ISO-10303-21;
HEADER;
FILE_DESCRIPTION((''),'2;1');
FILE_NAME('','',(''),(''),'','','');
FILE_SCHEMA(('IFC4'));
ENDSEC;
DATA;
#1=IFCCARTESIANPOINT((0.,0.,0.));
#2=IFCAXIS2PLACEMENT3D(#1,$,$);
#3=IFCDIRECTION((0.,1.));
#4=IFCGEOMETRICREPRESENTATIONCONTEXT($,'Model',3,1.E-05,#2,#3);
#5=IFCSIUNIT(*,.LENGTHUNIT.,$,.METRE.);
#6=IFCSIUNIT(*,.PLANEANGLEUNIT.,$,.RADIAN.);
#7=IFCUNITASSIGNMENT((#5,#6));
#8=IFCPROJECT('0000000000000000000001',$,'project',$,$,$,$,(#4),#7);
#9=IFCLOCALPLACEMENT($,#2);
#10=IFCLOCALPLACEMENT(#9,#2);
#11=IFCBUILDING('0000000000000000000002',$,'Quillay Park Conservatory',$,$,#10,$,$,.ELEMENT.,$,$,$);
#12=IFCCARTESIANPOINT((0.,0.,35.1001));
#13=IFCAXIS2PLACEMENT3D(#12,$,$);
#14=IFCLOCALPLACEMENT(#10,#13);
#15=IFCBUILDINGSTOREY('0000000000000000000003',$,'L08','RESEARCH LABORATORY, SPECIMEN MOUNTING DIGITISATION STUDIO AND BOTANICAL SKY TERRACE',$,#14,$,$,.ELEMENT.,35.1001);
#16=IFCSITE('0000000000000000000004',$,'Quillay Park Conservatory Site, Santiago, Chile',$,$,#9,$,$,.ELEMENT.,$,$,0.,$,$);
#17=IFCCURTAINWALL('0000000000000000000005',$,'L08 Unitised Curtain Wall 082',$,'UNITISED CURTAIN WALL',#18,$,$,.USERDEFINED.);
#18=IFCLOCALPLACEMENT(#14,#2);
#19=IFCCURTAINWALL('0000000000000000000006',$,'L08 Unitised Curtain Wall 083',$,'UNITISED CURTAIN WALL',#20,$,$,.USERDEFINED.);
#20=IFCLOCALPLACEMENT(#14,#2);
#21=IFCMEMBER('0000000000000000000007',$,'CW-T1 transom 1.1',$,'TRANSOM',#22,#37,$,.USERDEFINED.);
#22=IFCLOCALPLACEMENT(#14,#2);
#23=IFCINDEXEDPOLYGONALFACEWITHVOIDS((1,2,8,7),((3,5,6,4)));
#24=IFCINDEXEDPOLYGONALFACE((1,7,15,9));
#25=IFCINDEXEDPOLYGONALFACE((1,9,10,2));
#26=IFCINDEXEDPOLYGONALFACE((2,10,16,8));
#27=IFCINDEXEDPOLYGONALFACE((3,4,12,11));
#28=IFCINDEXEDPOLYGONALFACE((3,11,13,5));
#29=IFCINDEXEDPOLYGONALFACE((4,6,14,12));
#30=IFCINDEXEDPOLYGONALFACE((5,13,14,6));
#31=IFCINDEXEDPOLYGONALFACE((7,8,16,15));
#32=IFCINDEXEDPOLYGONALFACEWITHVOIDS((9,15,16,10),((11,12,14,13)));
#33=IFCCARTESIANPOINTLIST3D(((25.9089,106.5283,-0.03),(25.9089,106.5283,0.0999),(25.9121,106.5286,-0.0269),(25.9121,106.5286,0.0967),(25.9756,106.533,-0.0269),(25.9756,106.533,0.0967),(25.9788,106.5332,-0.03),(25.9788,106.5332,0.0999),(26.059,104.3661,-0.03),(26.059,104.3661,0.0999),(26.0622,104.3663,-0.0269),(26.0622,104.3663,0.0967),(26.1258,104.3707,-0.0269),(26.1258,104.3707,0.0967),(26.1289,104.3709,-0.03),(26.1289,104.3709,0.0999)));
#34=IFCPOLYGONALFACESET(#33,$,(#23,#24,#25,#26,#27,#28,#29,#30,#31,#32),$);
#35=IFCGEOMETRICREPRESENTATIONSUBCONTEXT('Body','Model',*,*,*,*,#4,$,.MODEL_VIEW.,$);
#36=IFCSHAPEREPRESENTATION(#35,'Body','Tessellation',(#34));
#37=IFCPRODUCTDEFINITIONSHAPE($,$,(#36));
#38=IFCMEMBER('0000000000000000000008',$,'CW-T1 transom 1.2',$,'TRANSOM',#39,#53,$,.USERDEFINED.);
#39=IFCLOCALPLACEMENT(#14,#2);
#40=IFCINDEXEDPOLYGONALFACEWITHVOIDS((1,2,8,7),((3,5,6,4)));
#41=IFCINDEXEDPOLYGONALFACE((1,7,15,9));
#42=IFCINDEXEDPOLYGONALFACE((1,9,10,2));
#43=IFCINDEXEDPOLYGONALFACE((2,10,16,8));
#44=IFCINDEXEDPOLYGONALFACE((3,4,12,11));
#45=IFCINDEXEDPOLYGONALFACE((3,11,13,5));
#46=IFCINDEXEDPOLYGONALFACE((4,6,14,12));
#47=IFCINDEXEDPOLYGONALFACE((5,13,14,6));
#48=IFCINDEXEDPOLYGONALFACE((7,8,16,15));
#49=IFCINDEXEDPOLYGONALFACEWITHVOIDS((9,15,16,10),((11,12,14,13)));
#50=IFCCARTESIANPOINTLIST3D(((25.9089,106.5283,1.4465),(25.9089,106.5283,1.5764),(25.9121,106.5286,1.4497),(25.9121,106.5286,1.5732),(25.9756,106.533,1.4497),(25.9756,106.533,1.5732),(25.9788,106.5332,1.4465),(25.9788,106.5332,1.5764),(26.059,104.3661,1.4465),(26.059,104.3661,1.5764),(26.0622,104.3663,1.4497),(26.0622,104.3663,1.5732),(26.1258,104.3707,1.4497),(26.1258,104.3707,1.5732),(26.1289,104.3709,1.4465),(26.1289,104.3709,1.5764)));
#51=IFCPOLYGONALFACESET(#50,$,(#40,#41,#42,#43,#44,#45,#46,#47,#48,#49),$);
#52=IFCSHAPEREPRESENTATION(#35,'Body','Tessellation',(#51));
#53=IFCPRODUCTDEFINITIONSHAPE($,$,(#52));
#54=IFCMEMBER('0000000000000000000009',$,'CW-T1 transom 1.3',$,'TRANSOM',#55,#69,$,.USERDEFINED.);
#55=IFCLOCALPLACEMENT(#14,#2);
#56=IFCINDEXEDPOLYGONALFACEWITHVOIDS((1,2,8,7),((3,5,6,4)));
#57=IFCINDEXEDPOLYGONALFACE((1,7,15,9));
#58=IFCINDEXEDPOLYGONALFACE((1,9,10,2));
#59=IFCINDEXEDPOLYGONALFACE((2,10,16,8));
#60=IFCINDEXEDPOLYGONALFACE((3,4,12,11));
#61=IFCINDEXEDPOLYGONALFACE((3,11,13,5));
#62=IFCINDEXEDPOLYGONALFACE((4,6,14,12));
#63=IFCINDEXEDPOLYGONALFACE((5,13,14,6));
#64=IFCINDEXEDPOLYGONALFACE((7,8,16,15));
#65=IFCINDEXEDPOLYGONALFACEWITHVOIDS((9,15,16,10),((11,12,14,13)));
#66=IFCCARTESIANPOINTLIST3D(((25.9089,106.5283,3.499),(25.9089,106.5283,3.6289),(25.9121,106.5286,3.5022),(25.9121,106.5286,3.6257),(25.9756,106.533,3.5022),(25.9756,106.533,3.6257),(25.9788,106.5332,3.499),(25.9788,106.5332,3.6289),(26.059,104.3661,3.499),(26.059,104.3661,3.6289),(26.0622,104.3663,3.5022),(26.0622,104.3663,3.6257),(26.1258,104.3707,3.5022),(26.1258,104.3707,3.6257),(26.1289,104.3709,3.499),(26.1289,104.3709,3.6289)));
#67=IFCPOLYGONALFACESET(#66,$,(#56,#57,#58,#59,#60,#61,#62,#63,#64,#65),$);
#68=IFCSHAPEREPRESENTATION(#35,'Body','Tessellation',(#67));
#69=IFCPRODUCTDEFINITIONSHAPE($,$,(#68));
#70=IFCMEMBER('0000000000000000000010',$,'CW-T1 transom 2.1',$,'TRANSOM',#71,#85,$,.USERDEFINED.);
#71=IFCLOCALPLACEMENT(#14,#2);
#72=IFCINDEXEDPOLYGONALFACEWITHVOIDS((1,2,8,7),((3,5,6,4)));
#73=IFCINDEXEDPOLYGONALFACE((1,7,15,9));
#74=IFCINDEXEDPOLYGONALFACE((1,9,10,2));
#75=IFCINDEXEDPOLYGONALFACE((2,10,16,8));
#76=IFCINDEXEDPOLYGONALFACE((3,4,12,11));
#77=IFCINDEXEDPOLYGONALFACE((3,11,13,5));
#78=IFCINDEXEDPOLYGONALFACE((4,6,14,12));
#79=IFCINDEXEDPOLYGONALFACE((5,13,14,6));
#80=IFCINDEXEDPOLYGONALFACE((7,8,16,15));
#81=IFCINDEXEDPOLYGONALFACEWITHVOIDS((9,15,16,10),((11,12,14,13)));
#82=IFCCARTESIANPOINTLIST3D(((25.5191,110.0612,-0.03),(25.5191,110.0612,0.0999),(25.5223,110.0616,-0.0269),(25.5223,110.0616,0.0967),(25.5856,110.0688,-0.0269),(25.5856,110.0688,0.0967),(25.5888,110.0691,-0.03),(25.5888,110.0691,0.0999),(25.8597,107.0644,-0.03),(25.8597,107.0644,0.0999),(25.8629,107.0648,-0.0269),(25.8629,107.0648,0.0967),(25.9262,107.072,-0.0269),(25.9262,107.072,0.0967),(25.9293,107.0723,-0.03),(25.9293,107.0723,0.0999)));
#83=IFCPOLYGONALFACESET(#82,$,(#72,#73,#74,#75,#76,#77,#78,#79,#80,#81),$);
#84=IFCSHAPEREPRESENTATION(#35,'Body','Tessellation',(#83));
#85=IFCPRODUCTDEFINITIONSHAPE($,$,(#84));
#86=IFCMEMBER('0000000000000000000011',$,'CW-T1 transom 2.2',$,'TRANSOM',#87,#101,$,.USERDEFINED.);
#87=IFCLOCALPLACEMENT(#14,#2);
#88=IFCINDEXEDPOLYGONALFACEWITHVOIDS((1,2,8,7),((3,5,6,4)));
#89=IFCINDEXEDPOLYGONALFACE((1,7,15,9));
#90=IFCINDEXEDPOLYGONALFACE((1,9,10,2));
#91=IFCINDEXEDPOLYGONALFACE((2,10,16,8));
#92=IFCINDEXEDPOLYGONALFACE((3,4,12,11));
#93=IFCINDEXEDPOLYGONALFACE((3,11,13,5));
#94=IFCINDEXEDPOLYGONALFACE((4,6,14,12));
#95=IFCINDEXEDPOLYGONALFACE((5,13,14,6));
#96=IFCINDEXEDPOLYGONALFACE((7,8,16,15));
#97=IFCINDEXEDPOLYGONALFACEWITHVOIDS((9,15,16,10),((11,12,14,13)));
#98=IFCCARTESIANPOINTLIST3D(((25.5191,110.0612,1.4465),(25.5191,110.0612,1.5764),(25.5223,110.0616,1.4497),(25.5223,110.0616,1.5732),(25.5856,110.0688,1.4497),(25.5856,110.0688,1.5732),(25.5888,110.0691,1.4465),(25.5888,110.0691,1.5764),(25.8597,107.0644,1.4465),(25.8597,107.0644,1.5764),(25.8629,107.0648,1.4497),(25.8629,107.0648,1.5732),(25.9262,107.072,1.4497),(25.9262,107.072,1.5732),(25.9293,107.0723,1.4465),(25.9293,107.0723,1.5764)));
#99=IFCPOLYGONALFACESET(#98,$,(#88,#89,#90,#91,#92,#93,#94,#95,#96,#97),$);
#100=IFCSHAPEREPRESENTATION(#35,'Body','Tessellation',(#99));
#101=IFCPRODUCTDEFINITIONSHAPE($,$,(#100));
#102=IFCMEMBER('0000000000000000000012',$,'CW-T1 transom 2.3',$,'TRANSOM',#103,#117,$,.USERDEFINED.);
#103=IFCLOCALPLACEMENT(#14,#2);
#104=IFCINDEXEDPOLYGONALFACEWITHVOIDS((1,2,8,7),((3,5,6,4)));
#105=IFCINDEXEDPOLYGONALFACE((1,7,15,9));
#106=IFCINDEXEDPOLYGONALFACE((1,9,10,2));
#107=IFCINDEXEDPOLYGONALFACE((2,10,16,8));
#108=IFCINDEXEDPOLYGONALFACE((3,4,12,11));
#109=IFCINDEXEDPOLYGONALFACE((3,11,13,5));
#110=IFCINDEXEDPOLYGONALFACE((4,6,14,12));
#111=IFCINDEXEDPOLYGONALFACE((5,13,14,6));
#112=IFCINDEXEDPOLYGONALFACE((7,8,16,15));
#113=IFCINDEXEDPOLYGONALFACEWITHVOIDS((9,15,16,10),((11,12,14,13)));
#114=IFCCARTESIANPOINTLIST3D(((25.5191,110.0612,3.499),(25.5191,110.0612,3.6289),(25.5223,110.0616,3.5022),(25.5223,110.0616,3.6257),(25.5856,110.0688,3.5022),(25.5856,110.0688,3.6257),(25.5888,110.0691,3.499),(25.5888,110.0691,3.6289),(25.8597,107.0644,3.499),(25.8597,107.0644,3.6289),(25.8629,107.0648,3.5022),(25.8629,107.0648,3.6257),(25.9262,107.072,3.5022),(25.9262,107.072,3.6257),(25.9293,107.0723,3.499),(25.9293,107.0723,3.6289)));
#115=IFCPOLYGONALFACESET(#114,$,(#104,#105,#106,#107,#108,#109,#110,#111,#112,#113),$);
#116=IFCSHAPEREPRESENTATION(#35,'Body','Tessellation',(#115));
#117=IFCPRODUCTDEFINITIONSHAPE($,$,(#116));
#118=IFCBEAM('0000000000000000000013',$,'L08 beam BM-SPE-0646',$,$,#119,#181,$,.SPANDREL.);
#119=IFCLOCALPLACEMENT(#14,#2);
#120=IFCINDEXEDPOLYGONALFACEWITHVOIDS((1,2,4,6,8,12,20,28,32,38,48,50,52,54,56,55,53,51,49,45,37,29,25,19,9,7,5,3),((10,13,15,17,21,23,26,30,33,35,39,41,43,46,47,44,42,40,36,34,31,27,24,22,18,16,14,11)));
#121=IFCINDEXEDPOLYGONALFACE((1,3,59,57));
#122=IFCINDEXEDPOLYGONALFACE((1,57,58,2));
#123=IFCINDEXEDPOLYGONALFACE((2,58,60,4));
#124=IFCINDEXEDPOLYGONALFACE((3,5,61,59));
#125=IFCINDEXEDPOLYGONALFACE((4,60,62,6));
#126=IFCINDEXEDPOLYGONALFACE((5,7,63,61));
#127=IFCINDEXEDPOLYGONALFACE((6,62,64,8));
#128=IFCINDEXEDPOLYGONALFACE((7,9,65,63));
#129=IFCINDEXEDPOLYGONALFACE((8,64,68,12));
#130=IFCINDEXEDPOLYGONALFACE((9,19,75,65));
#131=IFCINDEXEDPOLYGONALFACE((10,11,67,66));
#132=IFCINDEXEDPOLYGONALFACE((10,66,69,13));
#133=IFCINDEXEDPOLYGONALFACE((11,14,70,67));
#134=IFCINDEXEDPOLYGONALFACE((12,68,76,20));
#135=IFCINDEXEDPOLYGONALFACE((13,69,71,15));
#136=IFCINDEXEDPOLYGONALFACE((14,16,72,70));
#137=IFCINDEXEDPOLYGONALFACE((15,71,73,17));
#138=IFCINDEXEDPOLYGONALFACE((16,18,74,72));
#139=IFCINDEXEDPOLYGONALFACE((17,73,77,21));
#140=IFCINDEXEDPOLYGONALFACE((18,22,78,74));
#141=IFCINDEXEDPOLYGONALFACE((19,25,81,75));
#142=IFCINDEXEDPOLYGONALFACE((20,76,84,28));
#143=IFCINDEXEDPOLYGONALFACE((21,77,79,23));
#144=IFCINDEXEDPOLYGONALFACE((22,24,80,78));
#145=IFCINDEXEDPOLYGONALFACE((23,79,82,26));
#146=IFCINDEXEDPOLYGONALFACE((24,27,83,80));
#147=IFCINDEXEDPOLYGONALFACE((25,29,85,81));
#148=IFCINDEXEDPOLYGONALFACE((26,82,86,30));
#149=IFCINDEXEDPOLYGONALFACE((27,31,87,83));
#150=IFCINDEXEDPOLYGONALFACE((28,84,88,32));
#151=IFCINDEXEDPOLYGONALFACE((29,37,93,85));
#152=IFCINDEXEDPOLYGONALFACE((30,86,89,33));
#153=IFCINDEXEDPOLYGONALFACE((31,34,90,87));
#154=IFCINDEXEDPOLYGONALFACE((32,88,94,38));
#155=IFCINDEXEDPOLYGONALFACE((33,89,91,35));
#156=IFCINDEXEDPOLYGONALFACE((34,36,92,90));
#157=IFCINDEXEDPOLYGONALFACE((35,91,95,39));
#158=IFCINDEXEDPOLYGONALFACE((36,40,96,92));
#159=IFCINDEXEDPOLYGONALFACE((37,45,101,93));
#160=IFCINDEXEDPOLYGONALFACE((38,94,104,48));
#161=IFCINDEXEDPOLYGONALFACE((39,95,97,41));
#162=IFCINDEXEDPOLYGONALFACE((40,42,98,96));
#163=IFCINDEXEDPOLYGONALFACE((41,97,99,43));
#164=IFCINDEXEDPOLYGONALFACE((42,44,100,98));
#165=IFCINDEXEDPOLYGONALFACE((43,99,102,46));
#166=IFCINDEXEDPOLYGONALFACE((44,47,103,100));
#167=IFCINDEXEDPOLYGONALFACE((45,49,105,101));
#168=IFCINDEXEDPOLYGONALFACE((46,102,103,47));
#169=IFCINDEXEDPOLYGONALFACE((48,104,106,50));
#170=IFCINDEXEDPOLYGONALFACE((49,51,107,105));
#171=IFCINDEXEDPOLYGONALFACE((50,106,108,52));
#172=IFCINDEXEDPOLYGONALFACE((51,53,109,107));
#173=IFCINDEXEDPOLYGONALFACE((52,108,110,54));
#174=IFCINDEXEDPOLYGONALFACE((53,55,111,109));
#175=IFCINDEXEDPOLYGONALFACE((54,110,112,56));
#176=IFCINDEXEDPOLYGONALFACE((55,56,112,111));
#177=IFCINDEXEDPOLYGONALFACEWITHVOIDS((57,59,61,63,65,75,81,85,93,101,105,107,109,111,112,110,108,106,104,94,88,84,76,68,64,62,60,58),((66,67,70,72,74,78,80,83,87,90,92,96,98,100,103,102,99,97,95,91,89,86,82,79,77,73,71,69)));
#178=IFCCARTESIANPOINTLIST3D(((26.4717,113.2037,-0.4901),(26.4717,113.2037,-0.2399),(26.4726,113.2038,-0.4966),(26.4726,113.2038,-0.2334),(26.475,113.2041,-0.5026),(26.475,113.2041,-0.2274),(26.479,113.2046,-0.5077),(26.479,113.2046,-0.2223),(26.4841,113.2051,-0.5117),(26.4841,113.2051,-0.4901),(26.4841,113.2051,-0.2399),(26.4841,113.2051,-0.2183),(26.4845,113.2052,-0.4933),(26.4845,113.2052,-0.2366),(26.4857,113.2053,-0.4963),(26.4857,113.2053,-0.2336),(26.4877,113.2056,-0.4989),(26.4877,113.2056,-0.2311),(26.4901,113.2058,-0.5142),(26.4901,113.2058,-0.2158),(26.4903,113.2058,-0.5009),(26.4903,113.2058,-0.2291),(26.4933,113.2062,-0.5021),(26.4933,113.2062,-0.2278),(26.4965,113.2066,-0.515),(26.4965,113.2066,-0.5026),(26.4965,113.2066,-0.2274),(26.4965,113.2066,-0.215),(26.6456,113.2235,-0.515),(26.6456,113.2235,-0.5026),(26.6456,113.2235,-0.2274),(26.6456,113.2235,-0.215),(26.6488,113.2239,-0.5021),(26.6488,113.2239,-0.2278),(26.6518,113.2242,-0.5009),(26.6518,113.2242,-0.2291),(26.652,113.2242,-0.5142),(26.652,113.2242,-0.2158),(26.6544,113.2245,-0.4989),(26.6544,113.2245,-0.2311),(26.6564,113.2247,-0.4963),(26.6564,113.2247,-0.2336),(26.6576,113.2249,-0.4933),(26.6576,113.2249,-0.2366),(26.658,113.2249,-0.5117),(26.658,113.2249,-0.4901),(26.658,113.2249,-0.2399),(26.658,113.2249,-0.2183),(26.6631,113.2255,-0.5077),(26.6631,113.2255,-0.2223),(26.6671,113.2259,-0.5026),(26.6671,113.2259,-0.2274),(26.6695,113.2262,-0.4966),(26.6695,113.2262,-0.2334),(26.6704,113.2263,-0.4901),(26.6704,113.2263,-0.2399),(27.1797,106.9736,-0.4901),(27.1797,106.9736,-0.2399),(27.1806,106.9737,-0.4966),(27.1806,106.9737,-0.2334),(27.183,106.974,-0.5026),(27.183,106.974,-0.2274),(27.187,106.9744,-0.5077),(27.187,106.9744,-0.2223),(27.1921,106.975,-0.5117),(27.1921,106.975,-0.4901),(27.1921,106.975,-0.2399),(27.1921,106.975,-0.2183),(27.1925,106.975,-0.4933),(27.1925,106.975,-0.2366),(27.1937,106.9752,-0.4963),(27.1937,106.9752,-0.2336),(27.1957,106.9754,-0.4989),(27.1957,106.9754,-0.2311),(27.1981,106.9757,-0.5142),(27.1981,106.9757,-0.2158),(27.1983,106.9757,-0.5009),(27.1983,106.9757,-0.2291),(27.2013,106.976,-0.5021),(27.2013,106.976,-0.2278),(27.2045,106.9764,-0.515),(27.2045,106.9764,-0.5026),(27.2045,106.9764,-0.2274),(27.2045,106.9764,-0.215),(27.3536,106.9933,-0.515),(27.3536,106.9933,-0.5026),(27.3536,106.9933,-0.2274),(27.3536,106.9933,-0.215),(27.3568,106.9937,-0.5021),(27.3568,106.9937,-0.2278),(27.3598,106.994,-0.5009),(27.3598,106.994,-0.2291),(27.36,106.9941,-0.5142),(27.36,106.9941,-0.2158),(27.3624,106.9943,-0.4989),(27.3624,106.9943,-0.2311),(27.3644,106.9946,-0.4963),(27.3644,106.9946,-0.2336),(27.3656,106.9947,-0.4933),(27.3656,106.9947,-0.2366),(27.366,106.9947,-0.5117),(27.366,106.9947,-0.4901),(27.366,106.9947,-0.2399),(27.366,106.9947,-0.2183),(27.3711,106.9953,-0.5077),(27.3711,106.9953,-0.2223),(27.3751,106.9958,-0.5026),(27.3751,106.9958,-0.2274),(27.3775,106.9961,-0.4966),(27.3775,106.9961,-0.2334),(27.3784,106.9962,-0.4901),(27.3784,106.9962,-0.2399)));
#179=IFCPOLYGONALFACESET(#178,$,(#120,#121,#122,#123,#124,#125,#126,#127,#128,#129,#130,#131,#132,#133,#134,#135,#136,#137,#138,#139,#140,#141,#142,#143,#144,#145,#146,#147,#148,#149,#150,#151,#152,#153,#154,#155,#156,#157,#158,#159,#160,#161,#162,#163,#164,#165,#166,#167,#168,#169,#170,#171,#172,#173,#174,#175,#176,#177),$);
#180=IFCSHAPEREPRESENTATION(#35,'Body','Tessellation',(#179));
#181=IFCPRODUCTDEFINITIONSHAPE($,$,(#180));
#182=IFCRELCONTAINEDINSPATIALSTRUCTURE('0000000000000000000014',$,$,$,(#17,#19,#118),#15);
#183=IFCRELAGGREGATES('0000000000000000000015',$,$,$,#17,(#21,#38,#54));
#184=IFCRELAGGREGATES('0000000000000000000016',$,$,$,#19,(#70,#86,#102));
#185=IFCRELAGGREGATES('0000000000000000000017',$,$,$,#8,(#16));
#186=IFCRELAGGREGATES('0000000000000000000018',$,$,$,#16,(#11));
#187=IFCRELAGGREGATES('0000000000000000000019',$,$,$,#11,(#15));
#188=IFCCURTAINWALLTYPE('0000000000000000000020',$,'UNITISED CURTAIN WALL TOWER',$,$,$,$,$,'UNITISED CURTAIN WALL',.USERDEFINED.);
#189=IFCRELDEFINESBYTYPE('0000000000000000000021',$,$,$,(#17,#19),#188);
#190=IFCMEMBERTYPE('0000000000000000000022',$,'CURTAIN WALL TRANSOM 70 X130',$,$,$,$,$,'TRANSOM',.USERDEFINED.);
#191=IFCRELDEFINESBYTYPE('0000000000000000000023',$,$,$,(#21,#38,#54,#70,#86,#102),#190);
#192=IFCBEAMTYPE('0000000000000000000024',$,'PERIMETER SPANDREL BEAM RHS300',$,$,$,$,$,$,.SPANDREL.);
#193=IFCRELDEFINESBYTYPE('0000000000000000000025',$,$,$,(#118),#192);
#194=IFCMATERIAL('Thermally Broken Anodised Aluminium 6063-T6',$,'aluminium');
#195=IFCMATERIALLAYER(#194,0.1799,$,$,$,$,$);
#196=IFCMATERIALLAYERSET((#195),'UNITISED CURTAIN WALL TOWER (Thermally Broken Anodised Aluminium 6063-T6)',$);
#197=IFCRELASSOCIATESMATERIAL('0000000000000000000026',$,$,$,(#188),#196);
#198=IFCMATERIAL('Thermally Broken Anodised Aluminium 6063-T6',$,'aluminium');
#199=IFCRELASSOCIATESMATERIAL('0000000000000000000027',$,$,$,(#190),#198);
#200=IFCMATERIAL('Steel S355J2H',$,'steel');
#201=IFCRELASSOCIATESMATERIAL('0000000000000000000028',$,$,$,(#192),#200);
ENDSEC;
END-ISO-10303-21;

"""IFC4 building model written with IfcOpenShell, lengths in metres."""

from ifc_helpers import new_model, si_unit, direction, frame, origin, origin_2d, place, context, subcontext, project, spatial, hollow_rectangle, extrude, material, layer, layer_set, material_profile, profile_set, type_object, element, aggregate, save


model = new_model("IFC4")

# Units and contexts
model_context = context("Model", 3, precision=1e-05, world=origin(), true_north=direction((0.0, 1.0)))
body_context = subcontext(model_context, "Body", "Model", "MODEL_VIEW")
ifc_project = project(units=[si_unit("LENGTHUNIT", "METRE"), si_unit("PLANEANGLEUNIT", "RADIAN")], contexts=[model_context])

# Site, building, storey
site_placement = place(None, origin())
site = spatial("IfcSite", under=ifc_project, at=site_placement, Name="Quillay Park Conservatory Site, Santiago, Chile", CompositionType="ELEMENT", RefElevation=0.0)
building_placement = place(site_placement, origin())
building = spatial("IfcBuilding", under=site, at=building_placement, Name="Quillay Park Conservatory", CompositionType="ELEMENT")
storey_placement = place(building_placement, frame((0.0, 0.0, 35.1001)))
storey = spatial("IfcBuildingStorey", under=building, at=storey_placement, Name="L08", Description="RESEARCH LABORATORY, SPECIMEN MOUNTING DIGITISATION STUDIO AND BOTANICAL SKY TERRACE", CompositionType="ELEMENT", Elevation=35.1001)

# Curtain wall
ifc_material_1 = material(Name="Thermally Broken Anodised Aluminium 6063-T6", Category="aluminium")
ifc_layer_1 = layer(ifc_material_1, 0.1799)
ifc_layer_set_1 = layer_set([ifc_layer_1], Name="UNITISED CURTAIN WALL TOWER (Thermally Broken Anodised Aluminium 6063-T6)")
curtain_wall_type = type_object("IfcCurtainWallType", Name="UNITISED CURTAIN WALL TOWER", ElementType="UNITISED CURTAIN WALL", PredefinedType="USERDEFINED", material=ifc_layer_set_1)
curtain_wall_1_placement = place(storey_placement, origin())
curtain_wall_1 = element("IfcCurtainWall", 1, at=curtain_wall_1_placement, inside=storey, type_object=curtain_wall_type, Name="L08 Unitised Curtain Wall 082", ObjectType="UNITISED CURTAIN WALL", PredefinedType="USERDEFINED")

# Curtain wall
curtain_wall_2_placement = place(storey_placement, origin())
curtain_wall_2 = element("IfcCurtainWall", 2, at=curtain_wall_2_placement, inside=storey, type_object=curtain_wall_type, Name="L08 Unitised Curtain Wall 083", ObjectType="UNITISED CURTAIN WALL", PredefinedType="USERDEFINED")

# Members
ifc_material_2 = material(Name="Thermally Broken Anodised Aluminium 6063-T6", Category="aluminium")
ifc_material_profile_1 = material_profile(ifc_material_2, hollow_rectangle(XDim=0.0701, YDim=0.1299, WallThickness=0.0032, at=origin_2d()), Name="AL70x130x3.2")
ifc_profile_set_1 = profile_set([ifc_material_profile_1], Name="Thermally Broken Anodised Aluminium 6063-T6")
member_type_1 = type_object("IfcMemberType", Name="CURTAIN WALL TRANSOM 70 X130", ElementType="TRANSOM", PredefinedType="USERDEFINED", material=ifc_profile_set_1)
member_1_placement = place(storey_placement, frame((25.9438, 106.5308, 0.0349), z_axis=(0.06927, -0.997598, 0.0), x_axis=(0.997598, 0.06927, 0.0)))
member_1 = element("IfcMember", 3, at=member_1_placement, type_object=member_type_1, Name="CW-T1 transom 1.1", ObjectType="TRANSOM", PredefinedType="USERDEFINED", context=body_context, shape_type="SweptSolid", body=[
    extrude(hollow_rectangle(XDim=0.0701, YDim=0.1299, WallThickness=0.0032, at=origin_2d()), origin(), (0.0, 0.0, 1.0), 2.1675),
])
member_2_placement = place(storey_placement, frame((25.9438, 106.5308, 1.5115), z_axis=(0.06927, -0.997598, 0.0), x_axis=(0.997598, 0.06927, 0.0)))
member_2 = element("IfcMember", 4, at=member_2_placement, type_object=member_type_1, Name="CW-T1 transom 1.2", ObjectType="TRANSOM", PredefinedType="USERDEFINED", context=body_context, shape_type="SweptSolid", body=[
    extrude(hollow_rectangle(XDim=0.0701, YDim=0.1299, WallThickness=0.0032, at=origin_2d()), origin(), (0.0, 0.0, 1.0), 2.1675),
])
member_3_placement = place(storey_placement, frame((25.9438, 106.5308, 3.564), z_axis=(0.06927, -0.997598, 0.0), x_axis=(0.997598, 0.06927, 0.0)))
member_3 = element("IfcMember", 5, at=member_3_placement, type_object=member_type_1, Name="CW-T1 transom 1.3", ObjectType="TRANSOM", PredefinedType="USERDEFINED", context=body_context, shape_type="SweptSolid", body=[
    extrude(hollow_rectangle(XDim=0.0701, YDim=0.1299, WallThickness=0.0032, at=origin_2d()), origin(), (0.0, 0.0, 1.0), 2.1675),
])
member_4_placement = place(storey_placement, frame((25.554, 110.0652, 0.0349), z_axis=(0.112919, -0.993604, 0.0), x_axis=(0.993604, 0.112919, 0.0)))
member_4 = element("IfcMember", 6, at=member_4_placement, type_object=member_type_1, Name="CW-T1 transom 2.1", ObjectType="TRANSOM", PredefinedType="USERDEFINED", context=body_context, shape_type="SweptSolid", body=[
    extrude(hollow_rectangle(XDim=0.0701, YDim=0.1299, WallThickness=0.0032, at=origin_2d()), origin(), (0.0, 0.0, 1.0), 3.0161),
])
member_5_placement = place(storey_placement, frame((25.554, 110.0652, 1.5115), z_axis=(0.112919, -0.993604, 0.0), x_axis=(0.993604, 0.112919, 0.0)))
member_5 = element("IfcMember", 7, at=member_5_placement, type_object=member_type_1, Name="CW-T1 transom 2.2", ObjectType="TRANSOM", PredefinedType="USERDEFINED", context=body_context, shape_type="SweptSolid", body=[
    extrude(hollow_rectangle(XDim=0.0701, YDim=0.1299, WallThickness=0.0032, at=origin_2d()), origin(), (0.0, 0.0, 1.0), 3.0161),
])
member_6_placement = place(storey_placement, frame((25.554, 110.0652, 3.564), z_axis=(0.112919, -0.993604, 0.0), x_axis=(0.993604, 0.112919, 0.0)))
member_6 = element("IfcMember", 8, at=member_6_placement, type_object=member_type_1, Name="CW-T1 transom 2.3", ObjectType="TRANSOM", PredefinedType="USERDEFINED", context=body_context, shape_type="SweptSolid", body=[
    extrude(hollow_rectangle(XDim=0.0701, YDim=0.1299, WallThickness=0.0032, at=origin_2d()), origin(), (0.0, 0.0, 1.0), 3.0161),
])

# Beam
ifc_material_3 = material(Name="Steel S355J2H", Category="steel")
ifc_material_profile_2 = material_profile(ifc_material_3, hollow_rectangle(XDim=0.2, YDim=0.3, WallThickness=0.0125, InnerFilletRadius=0.0125, OuterFilletRadius=0.0249, at=origin_2d()), Name="RHS300x200x12.5")
ifc_profile_set_2 = profile_set([ifc_material_profile_2], Name="Steel S355J2H")
beam_type_1 = type_object("IfcBeamType", Name="PERIMETER SPANDREL BEAM RHS300", PredefinedType="SPANDREL", material=ifc_profile_set_2)
beam_1_placement = place(storey_placement, frame((27.2791, 106.9849, -0.365), z_axis=(-0.112914, 0.993605, 0.0), x_axis=(-0.993605, -0.112914, 0.0)))
element("IfcBeam", 9, at=beam_1_placement, inside=storey, type_object=beam_type_1, Name="L08 beam BM-SPE-0646", PredefinedType="SPANDREL", context=body_context, shape_type="SweptSolid", body=[
    extrude(hollow_rectangle(XDim=0.2, YDim=0.3, WallThickness=0.0125, InnerFilletRadius=0.0125, OuterFilletRadius=0.0249, at=origin_2d()), origin(), (0.0, 0.0, 1.0), 6.2703),
])

aggregate(curtain_wall_1, [member_1, member_2, member_3])
aggregate(curtain_wall_2, [member_4, member_5, member_6])

save(model, "model.ifc")
